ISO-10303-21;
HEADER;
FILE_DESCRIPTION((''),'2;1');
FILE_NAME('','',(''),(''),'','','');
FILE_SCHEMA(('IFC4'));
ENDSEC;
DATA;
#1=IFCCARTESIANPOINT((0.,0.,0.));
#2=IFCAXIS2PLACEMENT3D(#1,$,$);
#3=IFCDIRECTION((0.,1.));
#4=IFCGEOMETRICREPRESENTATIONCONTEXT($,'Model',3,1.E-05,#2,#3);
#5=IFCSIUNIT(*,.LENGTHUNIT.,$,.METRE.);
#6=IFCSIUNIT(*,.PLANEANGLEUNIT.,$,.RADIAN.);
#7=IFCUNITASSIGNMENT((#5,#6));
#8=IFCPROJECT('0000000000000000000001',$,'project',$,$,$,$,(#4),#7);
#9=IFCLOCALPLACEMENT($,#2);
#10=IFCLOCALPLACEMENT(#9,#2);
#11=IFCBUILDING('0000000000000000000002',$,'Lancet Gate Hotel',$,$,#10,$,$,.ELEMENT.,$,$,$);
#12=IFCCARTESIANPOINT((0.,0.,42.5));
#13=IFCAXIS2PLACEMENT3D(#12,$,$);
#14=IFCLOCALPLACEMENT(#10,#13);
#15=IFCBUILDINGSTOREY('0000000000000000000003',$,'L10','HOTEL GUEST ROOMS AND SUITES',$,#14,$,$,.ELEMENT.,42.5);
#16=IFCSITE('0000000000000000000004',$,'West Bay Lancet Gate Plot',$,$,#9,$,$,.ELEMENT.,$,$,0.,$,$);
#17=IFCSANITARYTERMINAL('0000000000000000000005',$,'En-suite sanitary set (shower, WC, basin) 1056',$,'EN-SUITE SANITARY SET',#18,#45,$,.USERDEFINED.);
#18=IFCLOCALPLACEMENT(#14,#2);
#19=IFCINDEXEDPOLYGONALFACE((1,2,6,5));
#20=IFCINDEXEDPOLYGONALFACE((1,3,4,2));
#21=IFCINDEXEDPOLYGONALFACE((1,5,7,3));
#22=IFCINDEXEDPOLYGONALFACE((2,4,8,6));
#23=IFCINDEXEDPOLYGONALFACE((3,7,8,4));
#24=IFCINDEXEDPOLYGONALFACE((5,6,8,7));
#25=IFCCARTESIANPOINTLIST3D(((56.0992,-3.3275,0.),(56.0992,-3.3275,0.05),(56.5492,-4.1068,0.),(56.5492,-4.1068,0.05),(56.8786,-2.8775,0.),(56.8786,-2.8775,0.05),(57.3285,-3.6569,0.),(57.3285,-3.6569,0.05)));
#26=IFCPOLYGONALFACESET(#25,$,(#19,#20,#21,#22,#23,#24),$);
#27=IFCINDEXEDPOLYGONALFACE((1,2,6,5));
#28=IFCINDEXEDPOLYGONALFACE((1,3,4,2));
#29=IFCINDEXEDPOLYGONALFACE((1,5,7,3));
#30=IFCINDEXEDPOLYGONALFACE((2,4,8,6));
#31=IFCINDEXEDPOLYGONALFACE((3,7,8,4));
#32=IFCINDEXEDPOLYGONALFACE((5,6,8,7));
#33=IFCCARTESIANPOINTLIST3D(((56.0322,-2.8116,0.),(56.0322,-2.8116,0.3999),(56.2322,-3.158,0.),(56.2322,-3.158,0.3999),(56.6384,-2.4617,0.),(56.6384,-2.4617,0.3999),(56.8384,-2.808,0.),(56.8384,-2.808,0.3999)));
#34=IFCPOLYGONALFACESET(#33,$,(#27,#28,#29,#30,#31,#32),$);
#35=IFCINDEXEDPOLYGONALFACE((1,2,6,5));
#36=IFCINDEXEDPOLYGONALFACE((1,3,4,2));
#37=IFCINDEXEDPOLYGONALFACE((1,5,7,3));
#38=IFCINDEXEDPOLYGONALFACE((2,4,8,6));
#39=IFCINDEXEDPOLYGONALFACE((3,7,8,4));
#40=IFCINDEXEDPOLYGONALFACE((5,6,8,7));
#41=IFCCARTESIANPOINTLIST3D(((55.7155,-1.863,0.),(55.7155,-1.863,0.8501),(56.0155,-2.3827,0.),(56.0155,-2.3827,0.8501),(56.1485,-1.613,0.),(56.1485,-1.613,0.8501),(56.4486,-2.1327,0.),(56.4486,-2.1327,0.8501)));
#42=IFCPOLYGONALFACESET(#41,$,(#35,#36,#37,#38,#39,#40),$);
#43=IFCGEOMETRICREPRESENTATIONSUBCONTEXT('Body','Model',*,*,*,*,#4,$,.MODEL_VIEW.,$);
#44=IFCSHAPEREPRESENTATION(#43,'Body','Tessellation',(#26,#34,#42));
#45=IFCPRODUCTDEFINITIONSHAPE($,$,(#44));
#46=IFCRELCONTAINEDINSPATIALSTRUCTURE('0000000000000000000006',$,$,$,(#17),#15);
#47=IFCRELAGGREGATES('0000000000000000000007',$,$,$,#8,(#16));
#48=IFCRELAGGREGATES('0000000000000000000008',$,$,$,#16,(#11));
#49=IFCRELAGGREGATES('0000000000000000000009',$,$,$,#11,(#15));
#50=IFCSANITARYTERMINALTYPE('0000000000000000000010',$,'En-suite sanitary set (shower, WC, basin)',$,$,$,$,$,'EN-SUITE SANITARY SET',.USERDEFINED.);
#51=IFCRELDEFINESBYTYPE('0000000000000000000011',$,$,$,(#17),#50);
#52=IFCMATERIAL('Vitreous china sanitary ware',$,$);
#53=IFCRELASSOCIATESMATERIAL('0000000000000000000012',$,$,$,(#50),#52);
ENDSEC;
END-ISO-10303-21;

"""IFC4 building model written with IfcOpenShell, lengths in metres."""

from ifc_helpers import new_model, si_unit, direction, frame, origin, origin_2d, place, context, subcontext, project, spatial, rectangle, extrude, material, type_object, element, save


model = new_model("IFC4")

# Units and contexts
model_context = context("Model", 3, precision=1e-05, world=origin(), true_north=direction((0.0, 1.0)))
body_context = subcontext(model_context, "Body", "Model", "MODEL_VIEW")
ifc_project = project(units=[si_unit("LENGTHUNIT", "METRE"), si_unit("PLANEANGLEUNIT", "RADIAN")], contexts=[model_context])

# Site, building, storey
site_placement = place(None, origin())
site = spatial("IfcSite", under=ifc_project, at=site_placement, Name="West Bay Lancet Gate Plot", CompositionType="ELEMENT", RefElevation=0.0)
building_placement = place(site_placement, origin())
building = spatial("IfcBuilding", under=site, at=building_placement, Name="Lancet Gate Hotel", CompositionType="ELEMENT")
storey_placement = place(building_placement, frame((0.0, 0.0, 42.5)))
storey = spatial("IfcBuildingStorey", under=building, at=storey_placement, Name="L10", Description="HOTEL GUEST ROOMS AND SUITES", CompositionType="ELEMENT", Elevation=42.5)

# Sanitary terminal
ifc_material_1 = material(Name="Vitreous china sanitary ware")
sanitary_terminal_type = type_object("IfcSanitaryTerminalType", Name="En-suite sanitary set (shower, WC, basin)", ElementType="EN-SUITE SANITARY SET", PredefinedType="USERDEFINED", material=ifc_material_1)
sanitary_terminal_placement = place(storey_placement, frame((56.7139, -3.4922, 0.0), z_axis=(0.0, 0.0, 1.0), x_axis=(1.0, 0.0, 0.0)))
element("IfcSanitaryTerminal", 1, at=sanitary_terminal_placement, inside=storey, type_object=sanitary_terminal_type, Name="En-suite sanitary set (shower, WC, basin) 1056", ObjectType="EN-SUITE SANITARY SET", PredefinedType="USERDEFINED", context=body_context, shape_type="SweptSolid", body=[
    extrude(rectangle(XDim=0.8999, YDim=0.8999, at=origin_2d()), frame((0.0, 0.0, 0.0), z_axis=(0.0, 0.0, 1.0), x_axis=(0.5, -0.866025, 0.0)), (0.0, 0.0, 1.0), 0.05),
    extrude(rectangle(XDim=0.3999, YDim=0.7, at=origin_2d()), frame((-0.2786, 0.6824, 0.0), z_axis=(0.0, 0.0, 1.0), x_axis=(0.5, -0.866025, 0.0)), (0.0, 0.0, 1.0), 0.3999),
    extrude(rectangle(XDim=0.6001, YDim=0.5, at=origin_2d()), frame((-0.6318, 1.4944, 0.0), z_axis=(0.0, 0.0, 1.0), x_axis=(0.5, -0.866025, 0.0)), (0.0, 0.0, 1.0), 0.8501),
])

save(model, "model.ifc")
